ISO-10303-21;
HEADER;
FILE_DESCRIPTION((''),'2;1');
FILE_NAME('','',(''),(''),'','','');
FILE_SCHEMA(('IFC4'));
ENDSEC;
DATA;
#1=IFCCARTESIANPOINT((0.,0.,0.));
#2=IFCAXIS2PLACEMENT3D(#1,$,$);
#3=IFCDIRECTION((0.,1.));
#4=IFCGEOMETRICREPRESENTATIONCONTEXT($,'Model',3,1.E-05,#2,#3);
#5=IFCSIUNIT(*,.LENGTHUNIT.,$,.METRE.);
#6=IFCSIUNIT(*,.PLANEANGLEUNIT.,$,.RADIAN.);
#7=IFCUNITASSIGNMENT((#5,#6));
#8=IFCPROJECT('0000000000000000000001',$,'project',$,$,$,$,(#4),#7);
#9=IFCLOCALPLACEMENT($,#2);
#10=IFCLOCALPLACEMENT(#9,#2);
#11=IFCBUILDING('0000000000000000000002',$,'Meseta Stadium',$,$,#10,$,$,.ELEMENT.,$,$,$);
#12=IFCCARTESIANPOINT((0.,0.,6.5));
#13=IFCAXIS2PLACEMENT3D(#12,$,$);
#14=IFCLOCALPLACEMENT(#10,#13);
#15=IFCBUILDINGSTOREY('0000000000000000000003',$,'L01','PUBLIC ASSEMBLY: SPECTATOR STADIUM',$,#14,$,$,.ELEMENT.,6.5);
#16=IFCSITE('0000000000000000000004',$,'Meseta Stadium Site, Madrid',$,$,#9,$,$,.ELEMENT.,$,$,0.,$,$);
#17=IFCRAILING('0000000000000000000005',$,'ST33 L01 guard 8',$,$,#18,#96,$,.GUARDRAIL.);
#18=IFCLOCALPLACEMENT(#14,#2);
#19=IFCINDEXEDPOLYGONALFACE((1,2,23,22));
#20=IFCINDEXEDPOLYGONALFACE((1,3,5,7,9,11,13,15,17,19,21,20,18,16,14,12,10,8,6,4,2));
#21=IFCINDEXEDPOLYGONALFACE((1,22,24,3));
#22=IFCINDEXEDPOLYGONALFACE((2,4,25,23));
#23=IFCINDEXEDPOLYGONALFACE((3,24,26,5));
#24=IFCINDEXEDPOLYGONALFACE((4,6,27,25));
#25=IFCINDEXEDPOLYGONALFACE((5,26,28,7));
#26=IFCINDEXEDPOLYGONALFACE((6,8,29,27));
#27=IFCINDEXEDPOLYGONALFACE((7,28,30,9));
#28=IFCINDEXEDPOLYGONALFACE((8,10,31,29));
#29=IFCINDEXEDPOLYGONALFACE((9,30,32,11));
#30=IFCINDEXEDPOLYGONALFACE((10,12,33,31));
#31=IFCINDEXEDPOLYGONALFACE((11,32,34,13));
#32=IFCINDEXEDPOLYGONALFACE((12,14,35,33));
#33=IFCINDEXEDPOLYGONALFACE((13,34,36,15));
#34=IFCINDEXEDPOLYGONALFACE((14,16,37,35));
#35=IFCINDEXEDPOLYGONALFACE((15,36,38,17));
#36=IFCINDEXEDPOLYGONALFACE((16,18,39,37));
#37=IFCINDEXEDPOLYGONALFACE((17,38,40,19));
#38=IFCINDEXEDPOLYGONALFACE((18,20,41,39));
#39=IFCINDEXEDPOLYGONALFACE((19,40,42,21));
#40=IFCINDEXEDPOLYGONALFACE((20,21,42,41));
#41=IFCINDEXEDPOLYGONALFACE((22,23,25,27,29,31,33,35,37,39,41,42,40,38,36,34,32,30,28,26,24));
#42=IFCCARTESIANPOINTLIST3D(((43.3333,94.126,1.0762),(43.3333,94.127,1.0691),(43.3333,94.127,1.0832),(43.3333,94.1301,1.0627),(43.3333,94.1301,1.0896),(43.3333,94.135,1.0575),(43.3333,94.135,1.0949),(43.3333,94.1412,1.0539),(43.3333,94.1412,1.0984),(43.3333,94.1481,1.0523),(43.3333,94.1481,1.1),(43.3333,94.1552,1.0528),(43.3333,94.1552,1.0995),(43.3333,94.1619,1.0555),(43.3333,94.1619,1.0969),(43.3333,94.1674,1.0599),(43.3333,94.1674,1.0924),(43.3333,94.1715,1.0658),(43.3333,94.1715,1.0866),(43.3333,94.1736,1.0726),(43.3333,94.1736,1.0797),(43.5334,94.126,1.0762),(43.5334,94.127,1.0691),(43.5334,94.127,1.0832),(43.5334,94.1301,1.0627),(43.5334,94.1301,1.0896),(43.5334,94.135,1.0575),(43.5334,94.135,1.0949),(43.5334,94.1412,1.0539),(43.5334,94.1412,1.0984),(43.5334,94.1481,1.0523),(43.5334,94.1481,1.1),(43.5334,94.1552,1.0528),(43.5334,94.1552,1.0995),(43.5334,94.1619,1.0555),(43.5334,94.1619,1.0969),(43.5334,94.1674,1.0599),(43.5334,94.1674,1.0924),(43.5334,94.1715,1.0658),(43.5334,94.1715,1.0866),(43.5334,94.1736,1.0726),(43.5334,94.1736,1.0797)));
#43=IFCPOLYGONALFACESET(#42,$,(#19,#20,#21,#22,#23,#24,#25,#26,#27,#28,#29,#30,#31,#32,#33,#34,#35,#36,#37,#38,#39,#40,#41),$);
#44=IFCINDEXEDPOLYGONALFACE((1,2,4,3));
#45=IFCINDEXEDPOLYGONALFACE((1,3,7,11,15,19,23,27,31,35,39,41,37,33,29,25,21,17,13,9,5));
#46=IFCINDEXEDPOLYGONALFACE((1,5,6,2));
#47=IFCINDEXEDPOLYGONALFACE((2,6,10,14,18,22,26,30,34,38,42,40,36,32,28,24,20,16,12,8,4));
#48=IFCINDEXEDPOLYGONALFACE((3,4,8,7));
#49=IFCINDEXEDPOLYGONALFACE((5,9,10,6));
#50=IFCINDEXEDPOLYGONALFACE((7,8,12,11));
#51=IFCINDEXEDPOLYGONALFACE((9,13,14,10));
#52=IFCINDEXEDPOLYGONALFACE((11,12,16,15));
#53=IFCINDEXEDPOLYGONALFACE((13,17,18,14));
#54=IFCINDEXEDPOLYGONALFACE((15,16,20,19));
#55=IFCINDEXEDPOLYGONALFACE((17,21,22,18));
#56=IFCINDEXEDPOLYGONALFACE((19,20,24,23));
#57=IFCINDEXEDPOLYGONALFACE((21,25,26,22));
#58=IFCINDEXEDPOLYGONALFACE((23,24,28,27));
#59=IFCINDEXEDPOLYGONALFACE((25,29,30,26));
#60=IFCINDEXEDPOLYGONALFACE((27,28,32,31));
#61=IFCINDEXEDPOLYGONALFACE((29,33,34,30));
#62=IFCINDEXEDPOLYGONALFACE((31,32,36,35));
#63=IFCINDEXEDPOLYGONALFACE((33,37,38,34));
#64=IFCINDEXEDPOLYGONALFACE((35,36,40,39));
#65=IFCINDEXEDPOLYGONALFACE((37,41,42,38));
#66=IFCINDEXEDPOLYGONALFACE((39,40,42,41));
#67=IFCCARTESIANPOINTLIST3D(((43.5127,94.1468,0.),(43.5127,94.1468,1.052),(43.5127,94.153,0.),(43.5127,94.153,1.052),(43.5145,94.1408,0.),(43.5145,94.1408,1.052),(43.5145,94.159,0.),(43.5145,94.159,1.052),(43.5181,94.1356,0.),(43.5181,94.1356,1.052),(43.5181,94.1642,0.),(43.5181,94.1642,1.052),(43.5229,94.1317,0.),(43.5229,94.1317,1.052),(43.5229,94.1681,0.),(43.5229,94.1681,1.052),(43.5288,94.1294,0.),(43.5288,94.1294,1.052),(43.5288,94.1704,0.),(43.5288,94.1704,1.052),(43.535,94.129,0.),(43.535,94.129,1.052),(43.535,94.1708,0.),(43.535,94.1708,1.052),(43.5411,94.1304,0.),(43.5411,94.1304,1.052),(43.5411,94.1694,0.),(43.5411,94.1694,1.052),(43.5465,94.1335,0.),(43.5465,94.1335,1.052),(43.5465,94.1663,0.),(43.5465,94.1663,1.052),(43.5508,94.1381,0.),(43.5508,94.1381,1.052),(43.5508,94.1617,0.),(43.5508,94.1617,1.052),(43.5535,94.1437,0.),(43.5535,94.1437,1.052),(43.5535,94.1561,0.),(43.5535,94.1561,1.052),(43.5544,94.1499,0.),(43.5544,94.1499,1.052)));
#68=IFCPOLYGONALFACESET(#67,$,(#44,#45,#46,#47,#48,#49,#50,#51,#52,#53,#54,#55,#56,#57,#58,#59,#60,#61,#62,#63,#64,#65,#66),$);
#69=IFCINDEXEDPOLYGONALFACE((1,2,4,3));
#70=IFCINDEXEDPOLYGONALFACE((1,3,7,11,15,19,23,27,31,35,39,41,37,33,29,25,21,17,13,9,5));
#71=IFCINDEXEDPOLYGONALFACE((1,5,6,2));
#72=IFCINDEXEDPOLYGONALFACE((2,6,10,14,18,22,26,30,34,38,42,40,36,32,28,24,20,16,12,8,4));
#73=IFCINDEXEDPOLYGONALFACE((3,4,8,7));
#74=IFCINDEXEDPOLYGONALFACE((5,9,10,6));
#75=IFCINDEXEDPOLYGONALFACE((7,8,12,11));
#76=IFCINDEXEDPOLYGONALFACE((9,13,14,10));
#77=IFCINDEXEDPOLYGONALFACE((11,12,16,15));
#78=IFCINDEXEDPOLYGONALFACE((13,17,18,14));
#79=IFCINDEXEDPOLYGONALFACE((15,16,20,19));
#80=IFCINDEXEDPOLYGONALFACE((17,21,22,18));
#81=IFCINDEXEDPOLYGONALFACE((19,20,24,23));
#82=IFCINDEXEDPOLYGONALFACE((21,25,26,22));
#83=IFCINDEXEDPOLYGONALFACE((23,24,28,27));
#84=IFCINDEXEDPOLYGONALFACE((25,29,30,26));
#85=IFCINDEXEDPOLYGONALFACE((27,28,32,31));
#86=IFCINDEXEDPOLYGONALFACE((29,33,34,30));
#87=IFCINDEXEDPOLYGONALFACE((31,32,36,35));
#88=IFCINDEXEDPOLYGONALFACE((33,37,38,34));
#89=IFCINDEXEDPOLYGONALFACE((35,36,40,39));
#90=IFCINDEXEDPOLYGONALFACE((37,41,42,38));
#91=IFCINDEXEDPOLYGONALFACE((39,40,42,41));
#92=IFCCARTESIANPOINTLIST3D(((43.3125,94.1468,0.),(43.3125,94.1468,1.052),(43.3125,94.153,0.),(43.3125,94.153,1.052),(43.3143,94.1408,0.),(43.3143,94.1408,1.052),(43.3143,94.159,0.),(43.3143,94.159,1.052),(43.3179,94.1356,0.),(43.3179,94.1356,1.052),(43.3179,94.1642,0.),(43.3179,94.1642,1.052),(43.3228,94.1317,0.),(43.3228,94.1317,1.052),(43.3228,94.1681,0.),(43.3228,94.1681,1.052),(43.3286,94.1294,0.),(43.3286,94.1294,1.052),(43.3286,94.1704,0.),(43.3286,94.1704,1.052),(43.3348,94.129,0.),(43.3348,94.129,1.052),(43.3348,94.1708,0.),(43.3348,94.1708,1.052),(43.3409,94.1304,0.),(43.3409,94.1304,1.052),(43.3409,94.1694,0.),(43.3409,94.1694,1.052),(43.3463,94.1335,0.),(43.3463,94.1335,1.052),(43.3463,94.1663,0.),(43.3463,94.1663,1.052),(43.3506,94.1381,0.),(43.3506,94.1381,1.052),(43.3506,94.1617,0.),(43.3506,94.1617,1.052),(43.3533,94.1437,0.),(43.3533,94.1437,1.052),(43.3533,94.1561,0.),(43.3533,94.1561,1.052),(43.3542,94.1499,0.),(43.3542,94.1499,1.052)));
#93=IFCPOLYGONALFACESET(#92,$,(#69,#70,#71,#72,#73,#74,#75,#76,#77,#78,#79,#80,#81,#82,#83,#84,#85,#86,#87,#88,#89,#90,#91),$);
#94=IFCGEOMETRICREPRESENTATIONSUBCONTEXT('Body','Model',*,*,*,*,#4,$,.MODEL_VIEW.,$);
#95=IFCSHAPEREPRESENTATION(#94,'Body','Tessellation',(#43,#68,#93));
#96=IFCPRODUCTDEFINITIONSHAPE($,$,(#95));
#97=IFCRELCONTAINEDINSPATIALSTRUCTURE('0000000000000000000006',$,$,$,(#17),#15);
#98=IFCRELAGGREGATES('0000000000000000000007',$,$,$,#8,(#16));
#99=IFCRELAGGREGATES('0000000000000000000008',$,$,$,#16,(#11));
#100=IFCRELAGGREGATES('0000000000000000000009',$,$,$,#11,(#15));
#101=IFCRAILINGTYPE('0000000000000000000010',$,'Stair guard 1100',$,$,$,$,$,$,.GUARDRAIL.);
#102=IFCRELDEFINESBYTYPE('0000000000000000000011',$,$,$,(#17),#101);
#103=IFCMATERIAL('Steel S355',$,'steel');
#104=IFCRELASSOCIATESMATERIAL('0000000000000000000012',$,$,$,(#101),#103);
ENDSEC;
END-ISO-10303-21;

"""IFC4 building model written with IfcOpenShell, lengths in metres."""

from ifc_helpers import new_model, si_unit, direction, frame, origin, origin_2d, place, context, subcontext, project, spatial, circle, extrude, material, type_object, element, save


model = new_model("IFC4")

# Units and contexts
model_context = context("Model", 3, precision=1e-05, world=origin(), true_north=direction((0.0, 1.0)))
body_context = subcontext(model_context, "Body", "Model", "MODEL_VIEW")
ifc_project = project(units=[si_unit("LENGTHUNIT", "METRE"), si_unit("PLANEANGLEUNIT", "RADIAN")], contexts=[model_context])

# Site, building, storey
site_placement = place(None, origin())
site = spatial("IfcSite", under=ifc_project, at=site_placement, Name="Meseta Stadium Site, Madrid", CompositionType="ELEMENT", RefElevation=0.0)
building_placement = place(site_placement, origin())
building = spatial("IfcBuilding", under=site, at=building_placement, Name="Meseta Stadium", CompositionType="ELEMENT")
storey_placement = place(building_placement, frame((0.0, 0.0, 6.5)))
storey = spatial("IfcBuildingStorey", under=building, at=storey_placement, Name="L01", Description="PUBLIC ASSEMBLY: SPECTATOR STADIUM", CompositionType="ELEMENT", Elevation=6.5)

# Railing
ifc_material_1 = material(Name="Steel S355", Category="steel")
railing_type_1 = type_object("IfcRailingType", Name="Stair guard 1100", PredefinedType="GUARDRAIL", material=ifc_material_1)
railing_1_placement = place(storey_placement, frame((43.5334, 94.1499, 0.0)))
element("IfcRailing", 1, at=railing_1_placement, inside=storey, type_object=railing_type_1, Name="ST33 L01 guard 8", PredefinedType="GUARDRAIL", context=body_context, shape_type="SweptSolid", body=[
    extrude(circle(Radius=0.0239, at=origin_2d()), frame((0.0, 0.0, 1.0762), z_axis=(-1.0, 0.0, 0.0), x_axis=(0.0, -1.0, 0.0)), (0.0, 0.0, 1.0), 0.2002),
    extrude(circle(Radius=0.021, at=origin_2d()), origin(), (0.0, 0.0, 1.0), 1.052),
    extrude(circle(Radius=0.021, at=origin_2d()), frame((-0.2002, 0.0, 0.0)), (0.0, 0.0, 1.0), 1.052),
])

save(model, "model.ifc")
